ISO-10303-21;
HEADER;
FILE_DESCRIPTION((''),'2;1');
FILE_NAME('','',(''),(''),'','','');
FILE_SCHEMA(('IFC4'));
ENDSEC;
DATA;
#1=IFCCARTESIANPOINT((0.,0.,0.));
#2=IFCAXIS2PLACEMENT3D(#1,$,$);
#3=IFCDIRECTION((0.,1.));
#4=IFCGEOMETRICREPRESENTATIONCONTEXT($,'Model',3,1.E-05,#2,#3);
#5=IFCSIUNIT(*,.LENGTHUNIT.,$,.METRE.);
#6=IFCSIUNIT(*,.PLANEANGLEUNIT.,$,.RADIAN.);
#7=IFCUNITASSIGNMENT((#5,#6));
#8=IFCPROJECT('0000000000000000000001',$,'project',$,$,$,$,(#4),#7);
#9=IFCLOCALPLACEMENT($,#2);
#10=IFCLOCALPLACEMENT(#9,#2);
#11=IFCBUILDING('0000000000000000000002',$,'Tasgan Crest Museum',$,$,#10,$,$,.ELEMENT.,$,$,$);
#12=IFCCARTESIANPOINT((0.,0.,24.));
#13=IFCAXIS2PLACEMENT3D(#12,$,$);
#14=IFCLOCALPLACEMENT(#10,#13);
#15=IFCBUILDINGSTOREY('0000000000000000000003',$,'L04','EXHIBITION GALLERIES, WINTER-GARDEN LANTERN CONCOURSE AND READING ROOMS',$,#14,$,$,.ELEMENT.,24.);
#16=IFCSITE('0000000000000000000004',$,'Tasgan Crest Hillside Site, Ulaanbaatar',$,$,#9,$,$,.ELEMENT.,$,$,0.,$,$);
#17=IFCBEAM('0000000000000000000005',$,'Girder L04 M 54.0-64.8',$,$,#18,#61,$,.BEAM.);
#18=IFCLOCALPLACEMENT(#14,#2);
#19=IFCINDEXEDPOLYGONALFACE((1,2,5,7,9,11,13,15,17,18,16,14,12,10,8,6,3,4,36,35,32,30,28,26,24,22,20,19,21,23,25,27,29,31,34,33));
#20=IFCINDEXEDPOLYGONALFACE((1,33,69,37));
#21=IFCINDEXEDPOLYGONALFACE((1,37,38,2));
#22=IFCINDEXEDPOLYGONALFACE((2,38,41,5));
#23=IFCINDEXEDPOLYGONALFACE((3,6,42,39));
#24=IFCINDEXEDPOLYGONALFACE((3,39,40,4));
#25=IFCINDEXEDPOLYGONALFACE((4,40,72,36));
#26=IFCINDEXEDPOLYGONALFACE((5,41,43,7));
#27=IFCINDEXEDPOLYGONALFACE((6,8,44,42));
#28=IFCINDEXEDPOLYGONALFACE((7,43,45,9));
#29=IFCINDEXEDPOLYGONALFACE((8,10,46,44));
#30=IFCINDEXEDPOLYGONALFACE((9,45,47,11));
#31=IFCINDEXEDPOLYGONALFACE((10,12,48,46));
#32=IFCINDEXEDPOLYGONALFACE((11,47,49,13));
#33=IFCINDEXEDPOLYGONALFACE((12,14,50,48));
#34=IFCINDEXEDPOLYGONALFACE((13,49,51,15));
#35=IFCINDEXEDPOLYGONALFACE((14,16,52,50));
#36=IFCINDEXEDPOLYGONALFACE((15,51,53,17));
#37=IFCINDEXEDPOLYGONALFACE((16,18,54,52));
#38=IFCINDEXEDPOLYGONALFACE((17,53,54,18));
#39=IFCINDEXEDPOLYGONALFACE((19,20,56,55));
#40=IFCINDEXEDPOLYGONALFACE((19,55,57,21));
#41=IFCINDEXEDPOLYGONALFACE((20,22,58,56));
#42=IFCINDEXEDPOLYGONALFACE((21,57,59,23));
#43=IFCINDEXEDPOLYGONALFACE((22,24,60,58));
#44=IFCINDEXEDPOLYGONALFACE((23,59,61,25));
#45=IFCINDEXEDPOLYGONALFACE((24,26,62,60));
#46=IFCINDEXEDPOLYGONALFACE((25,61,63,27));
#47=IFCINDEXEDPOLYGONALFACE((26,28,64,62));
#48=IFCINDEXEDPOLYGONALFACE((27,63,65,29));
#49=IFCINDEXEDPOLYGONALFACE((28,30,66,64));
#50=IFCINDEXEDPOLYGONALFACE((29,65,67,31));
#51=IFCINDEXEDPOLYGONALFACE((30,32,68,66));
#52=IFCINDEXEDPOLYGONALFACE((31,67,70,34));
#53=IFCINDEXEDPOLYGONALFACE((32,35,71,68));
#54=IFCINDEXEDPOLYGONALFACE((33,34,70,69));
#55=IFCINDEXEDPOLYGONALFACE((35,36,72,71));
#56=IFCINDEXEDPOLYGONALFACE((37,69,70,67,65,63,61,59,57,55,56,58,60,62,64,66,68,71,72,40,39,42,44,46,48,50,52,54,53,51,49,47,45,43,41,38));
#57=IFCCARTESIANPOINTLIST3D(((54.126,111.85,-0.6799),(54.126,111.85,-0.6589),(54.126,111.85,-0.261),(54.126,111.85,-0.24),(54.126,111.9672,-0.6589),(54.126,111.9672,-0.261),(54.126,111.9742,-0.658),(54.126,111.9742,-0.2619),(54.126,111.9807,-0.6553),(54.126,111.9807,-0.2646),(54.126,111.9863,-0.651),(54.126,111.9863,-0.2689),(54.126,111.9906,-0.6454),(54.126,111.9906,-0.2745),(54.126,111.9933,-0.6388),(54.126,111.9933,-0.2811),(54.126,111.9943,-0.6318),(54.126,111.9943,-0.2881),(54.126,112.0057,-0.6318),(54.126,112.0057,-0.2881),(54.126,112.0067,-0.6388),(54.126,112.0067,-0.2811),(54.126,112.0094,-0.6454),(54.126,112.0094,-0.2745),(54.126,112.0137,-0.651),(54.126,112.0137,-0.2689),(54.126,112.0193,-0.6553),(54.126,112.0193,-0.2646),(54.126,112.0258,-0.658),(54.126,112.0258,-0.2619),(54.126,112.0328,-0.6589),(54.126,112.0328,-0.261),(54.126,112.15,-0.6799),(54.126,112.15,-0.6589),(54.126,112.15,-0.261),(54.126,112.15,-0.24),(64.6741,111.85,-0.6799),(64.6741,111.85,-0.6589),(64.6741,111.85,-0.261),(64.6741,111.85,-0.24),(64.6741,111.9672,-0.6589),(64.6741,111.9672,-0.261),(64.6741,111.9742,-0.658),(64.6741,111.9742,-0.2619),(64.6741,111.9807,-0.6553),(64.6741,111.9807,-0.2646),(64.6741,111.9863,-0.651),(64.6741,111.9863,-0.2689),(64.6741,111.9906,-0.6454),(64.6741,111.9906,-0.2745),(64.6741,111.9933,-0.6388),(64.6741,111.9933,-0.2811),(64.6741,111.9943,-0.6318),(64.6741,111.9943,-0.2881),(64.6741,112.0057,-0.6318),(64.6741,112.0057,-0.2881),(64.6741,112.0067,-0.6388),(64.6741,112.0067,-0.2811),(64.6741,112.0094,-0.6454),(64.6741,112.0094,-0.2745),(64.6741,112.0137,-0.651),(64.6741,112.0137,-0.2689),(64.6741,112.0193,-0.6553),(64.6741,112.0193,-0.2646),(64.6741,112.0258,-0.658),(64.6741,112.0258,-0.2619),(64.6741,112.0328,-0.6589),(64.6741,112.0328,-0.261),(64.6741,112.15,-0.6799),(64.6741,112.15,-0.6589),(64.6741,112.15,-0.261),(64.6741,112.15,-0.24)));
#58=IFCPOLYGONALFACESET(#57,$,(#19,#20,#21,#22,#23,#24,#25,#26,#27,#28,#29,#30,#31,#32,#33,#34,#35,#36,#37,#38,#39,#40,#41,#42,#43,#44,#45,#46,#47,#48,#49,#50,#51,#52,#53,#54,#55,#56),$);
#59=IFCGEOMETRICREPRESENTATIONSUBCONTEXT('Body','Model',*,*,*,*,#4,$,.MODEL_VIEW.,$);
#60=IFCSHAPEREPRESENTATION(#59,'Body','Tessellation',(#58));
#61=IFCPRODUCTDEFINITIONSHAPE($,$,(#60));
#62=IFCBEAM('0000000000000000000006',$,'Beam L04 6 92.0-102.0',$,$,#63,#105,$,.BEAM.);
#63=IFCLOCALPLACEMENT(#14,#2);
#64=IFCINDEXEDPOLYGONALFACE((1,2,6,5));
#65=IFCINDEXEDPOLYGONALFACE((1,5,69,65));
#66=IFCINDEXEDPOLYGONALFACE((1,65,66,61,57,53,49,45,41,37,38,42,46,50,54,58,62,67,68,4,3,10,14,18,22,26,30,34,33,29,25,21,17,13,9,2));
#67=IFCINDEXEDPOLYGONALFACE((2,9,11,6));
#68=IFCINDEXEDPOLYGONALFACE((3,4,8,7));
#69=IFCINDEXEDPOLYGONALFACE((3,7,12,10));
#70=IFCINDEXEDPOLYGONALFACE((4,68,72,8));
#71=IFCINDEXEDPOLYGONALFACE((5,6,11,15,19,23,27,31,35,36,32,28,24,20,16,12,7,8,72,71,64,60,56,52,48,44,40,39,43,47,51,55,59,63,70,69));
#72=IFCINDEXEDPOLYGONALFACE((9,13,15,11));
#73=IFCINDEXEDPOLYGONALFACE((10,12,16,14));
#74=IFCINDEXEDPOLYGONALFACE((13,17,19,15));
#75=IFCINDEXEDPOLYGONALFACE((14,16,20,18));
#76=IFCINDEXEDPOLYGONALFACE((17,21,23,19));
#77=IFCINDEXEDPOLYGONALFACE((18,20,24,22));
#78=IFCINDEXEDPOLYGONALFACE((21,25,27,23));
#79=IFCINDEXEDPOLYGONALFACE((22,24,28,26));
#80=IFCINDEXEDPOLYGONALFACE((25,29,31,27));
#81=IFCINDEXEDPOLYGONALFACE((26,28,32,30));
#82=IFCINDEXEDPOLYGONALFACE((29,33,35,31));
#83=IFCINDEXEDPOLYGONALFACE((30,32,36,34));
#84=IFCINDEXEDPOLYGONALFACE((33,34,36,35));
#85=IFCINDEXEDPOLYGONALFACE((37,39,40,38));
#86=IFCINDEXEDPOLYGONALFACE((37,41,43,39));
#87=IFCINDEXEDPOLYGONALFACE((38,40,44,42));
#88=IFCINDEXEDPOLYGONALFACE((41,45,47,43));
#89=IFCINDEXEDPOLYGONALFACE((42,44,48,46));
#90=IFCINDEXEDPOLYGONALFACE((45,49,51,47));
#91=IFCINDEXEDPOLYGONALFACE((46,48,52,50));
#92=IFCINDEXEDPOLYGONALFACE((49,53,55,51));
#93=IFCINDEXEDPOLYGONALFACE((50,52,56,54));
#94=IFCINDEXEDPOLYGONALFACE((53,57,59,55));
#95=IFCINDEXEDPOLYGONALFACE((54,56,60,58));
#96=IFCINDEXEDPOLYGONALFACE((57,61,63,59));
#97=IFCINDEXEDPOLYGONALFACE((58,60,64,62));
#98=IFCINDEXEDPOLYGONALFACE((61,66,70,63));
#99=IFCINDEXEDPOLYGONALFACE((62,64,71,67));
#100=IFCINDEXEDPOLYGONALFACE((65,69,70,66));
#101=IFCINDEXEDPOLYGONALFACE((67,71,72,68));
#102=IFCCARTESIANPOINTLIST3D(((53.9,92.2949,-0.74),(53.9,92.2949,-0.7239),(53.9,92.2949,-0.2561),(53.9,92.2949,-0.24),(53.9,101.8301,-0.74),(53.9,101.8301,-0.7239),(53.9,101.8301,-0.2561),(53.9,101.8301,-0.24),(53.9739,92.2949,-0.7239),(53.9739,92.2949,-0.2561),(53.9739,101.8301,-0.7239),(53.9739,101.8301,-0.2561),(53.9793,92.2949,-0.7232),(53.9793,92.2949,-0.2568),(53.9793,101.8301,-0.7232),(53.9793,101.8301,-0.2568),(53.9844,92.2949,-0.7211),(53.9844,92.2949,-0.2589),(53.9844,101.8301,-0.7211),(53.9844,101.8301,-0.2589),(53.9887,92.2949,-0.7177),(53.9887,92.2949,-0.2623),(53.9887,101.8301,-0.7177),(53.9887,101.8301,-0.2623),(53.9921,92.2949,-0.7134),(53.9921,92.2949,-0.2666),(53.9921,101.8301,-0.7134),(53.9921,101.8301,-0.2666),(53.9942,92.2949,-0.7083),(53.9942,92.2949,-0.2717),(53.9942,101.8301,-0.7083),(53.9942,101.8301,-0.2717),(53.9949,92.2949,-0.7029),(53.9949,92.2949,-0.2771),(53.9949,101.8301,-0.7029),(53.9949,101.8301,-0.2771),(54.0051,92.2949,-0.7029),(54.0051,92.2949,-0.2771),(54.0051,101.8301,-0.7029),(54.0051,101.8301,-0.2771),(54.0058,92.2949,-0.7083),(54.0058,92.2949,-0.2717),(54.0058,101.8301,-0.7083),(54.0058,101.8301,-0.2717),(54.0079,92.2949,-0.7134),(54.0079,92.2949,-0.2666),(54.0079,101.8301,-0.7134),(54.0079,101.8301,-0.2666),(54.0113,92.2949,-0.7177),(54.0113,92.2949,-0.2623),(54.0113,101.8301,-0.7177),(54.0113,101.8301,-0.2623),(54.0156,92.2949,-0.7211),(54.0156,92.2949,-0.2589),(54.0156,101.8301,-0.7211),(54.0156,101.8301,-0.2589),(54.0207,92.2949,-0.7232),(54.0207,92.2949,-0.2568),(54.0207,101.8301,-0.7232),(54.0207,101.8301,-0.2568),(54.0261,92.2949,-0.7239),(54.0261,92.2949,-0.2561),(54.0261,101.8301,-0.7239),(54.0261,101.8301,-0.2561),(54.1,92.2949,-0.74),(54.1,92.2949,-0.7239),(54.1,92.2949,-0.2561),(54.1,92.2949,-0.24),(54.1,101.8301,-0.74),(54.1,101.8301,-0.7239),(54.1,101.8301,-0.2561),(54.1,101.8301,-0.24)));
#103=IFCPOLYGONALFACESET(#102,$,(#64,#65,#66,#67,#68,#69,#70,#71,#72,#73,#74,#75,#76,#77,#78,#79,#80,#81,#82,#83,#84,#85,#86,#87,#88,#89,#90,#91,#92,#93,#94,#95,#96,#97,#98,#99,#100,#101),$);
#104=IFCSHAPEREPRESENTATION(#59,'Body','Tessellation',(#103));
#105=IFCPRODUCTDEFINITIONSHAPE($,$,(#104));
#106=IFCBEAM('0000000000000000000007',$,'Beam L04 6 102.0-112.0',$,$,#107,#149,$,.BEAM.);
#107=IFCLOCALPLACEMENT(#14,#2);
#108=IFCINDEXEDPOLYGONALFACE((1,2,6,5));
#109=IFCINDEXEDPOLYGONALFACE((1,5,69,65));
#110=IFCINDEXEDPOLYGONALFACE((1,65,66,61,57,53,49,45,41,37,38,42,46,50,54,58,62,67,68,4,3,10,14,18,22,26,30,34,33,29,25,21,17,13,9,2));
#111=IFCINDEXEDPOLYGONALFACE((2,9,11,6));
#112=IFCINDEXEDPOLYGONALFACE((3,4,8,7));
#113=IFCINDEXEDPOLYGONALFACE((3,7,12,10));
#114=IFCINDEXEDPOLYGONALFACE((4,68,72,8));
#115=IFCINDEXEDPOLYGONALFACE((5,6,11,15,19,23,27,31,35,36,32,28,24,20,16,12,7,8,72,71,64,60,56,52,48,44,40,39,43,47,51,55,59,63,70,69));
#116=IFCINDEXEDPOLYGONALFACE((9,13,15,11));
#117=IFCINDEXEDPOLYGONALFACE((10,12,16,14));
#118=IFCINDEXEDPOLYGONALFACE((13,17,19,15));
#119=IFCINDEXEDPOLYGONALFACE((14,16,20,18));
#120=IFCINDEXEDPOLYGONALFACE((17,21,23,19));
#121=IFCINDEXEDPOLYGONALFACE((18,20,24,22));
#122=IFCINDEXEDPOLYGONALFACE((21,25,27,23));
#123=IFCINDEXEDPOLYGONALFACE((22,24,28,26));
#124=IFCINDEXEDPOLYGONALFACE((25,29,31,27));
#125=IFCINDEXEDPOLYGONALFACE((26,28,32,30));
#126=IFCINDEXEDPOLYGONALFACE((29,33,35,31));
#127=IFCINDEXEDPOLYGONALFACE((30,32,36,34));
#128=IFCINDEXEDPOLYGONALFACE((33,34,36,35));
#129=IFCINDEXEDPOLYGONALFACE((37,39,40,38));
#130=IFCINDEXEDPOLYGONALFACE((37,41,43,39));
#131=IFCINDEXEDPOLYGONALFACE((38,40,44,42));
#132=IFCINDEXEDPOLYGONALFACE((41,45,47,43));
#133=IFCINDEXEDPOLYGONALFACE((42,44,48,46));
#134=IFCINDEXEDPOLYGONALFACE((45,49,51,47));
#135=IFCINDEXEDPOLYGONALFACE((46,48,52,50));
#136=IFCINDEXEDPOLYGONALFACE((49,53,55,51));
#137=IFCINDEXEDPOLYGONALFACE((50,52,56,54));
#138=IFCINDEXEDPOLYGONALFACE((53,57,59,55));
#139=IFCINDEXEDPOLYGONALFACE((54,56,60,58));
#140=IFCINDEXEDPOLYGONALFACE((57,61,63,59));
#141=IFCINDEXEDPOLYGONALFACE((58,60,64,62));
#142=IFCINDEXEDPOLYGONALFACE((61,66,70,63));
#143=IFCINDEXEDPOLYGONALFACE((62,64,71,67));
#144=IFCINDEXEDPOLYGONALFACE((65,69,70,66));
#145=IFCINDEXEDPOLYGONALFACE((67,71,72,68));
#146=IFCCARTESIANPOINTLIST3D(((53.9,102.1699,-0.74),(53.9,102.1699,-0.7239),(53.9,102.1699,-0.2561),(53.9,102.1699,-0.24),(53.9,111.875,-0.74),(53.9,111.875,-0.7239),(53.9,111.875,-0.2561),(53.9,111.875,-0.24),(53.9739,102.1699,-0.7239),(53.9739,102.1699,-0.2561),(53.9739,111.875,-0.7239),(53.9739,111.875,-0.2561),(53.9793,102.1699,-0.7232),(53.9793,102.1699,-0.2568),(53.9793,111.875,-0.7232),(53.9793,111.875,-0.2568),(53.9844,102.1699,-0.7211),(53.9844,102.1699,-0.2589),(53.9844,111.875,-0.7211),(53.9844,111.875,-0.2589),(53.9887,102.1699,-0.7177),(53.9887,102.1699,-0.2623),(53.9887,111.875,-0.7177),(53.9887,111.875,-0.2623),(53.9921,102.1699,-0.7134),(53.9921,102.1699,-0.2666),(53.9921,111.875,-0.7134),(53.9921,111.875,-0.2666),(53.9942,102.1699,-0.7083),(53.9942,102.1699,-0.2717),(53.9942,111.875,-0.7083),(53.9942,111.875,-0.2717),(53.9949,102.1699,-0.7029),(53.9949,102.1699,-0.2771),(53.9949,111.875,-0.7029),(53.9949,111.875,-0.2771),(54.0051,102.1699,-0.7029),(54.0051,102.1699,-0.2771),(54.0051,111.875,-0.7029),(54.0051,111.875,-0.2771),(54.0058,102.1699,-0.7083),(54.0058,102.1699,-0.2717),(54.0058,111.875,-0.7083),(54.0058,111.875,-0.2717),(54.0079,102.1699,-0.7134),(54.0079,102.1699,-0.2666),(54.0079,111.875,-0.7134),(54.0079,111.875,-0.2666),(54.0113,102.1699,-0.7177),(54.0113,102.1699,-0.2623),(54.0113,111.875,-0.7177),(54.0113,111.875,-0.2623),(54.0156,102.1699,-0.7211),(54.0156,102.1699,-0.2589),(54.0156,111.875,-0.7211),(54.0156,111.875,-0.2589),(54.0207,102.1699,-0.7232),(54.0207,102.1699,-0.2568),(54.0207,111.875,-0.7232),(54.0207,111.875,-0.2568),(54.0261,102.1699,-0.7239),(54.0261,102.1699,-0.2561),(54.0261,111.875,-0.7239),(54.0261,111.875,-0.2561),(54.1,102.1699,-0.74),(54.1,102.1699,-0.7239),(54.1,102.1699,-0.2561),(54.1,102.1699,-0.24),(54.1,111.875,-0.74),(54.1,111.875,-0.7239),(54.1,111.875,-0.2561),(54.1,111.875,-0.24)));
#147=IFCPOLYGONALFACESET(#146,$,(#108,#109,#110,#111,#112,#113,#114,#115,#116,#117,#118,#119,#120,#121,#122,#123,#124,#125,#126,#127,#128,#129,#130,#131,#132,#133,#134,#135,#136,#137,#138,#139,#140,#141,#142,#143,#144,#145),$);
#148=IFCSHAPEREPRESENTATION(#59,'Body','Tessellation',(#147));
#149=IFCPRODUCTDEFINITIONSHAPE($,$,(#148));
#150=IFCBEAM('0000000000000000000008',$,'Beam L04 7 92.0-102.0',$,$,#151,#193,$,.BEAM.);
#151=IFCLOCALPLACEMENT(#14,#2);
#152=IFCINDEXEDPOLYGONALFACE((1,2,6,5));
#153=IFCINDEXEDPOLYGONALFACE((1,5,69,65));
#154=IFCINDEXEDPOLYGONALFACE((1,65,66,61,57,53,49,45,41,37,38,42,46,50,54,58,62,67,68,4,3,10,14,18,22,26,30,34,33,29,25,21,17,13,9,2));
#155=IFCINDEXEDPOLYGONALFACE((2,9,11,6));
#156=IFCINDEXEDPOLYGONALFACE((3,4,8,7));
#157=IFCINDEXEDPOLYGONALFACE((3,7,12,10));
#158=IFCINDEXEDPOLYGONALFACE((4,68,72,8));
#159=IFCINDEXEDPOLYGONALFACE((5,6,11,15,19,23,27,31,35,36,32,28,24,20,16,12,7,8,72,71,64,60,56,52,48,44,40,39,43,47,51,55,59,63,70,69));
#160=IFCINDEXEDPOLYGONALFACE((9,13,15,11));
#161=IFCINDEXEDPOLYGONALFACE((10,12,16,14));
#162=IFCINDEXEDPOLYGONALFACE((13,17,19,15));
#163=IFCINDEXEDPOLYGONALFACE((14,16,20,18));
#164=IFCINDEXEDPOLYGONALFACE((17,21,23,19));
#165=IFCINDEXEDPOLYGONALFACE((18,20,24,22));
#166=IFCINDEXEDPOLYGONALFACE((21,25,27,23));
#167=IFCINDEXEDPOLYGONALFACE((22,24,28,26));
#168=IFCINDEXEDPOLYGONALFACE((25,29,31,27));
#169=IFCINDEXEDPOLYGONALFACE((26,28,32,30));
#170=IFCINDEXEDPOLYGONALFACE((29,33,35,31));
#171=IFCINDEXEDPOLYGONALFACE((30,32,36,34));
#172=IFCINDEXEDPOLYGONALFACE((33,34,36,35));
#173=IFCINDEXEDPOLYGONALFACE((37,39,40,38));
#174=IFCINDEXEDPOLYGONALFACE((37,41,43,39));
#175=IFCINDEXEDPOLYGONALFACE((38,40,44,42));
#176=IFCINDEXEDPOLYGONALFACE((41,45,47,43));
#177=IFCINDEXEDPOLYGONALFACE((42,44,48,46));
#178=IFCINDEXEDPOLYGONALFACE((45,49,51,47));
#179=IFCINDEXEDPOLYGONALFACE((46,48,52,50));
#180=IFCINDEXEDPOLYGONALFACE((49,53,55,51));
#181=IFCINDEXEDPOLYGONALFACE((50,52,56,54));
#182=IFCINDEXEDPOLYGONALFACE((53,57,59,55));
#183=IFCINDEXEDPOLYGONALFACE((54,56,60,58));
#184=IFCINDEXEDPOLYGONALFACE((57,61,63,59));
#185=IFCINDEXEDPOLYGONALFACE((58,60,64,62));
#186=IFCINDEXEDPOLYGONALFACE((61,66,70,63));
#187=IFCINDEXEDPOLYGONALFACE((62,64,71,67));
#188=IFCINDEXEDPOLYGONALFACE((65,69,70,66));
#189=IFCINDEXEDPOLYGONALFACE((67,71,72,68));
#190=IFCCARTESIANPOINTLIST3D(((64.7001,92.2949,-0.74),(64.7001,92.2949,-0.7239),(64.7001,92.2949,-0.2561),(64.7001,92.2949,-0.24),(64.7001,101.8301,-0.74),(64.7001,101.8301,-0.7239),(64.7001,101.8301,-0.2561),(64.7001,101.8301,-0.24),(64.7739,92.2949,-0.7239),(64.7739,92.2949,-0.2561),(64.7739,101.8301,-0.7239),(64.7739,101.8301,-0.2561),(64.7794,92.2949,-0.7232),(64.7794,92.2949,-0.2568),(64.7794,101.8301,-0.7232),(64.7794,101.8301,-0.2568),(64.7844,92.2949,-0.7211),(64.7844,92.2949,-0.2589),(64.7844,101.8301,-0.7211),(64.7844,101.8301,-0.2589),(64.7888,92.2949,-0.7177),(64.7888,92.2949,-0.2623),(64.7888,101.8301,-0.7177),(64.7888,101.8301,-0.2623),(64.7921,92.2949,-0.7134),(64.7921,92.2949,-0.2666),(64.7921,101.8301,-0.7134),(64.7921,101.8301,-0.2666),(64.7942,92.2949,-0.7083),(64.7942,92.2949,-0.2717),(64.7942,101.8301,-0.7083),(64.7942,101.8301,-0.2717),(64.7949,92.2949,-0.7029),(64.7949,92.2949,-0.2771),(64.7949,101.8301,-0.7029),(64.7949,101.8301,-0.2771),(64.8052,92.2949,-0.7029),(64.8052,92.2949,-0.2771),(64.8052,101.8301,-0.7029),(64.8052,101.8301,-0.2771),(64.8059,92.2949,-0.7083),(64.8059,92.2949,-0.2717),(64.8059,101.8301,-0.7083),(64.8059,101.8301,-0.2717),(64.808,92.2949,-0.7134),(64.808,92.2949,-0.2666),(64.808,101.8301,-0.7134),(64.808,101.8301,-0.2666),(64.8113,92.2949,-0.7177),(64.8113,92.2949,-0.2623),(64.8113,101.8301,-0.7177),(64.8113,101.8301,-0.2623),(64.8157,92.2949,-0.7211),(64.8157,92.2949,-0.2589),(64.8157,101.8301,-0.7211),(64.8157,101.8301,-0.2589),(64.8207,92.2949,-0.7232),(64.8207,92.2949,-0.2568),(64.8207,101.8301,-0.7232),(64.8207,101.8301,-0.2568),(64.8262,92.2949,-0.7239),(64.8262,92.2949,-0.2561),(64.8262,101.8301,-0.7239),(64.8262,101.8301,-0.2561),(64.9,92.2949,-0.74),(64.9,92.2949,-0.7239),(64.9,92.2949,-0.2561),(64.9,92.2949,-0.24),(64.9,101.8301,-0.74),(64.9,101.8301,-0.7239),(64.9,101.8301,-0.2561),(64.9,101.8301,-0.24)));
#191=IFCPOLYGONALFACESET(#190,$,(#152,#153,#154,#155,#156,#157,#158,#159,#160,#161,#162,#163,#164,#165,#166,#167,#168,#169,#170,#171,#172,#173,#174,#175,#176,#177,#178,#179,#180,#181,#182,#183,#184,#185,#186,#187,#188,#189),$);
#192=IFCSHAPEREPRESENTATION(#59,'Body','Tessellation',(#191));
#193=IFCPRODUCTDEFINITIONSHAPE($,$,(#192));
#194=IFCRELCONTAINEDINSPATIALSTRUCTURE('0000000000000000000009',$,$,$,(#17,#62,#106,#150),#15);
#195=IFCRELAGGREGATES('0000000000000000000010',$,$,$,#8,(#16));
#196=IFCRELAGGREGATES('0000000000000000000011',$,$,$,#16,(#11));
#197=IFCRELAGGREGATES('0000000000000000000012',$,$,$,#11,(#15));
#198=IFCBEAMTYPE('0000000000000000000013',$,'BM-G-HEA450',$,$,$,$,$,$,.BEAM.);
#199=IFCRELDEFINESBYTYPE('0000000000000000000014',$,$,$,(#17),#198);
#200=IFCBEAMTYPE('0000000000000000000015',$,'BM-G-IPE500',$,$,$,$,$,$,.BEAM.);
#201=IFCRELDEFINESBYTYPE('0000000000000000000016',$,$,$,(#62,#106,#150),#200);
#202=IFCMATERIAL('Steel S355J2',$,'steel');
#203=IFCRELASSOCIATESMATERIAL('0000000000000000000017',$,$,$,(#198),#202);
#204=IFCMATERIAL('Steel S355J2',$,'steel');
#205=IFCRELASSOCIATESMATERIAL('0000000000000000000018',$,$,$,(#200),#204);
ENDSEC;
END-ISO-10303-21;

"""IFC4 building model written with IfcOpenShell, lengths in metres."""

from ifc_helpers import new_model, si_unit, direction, frame, origin, origin_2d, place, context, subcontext, project, spatial, i_section, extrude, material, material_profile, profile_set, type_object, element, save


model = new_model("IFC4")

# Units and contexts
model_context = context("Model", 3, precision=1e-05, world=origin(), true_north=direction((0.0, 1.0)))
body_context = subcontext(model_context, "Body", "Model", "MODEL_VIEW")
ifc_project = project(units=[si_unit("LENGTHUNIT", "METRE"), si_unit("PLANEANGLEUNIT", "RADIAN")], contexts=[model_context])

# Site, building, storey
site_placement = place(None, origin())
site = spatial("IfcSite", under=ifc_project, at=site_placement, Name="Tasgan Crest Hillside Site, Ulaanbaatar", CompositionType="ELEMENT", RefElevation=0.0)
building_placement = place(site_placement, origin())
building = spatial("IfcBuilding", under=site, at=building_placement, Name="Tasgan Crest Museum", CompositionType="ELEMENT")
storey_placement = place(building_placement, frame((0.0, 0.0, 24.0)))
storey = spatial("IfcBuildingStorey", under=building, at=storey_placement, Name="L04", Description="EXHIBITION GALLERIES, WINTER-GARDEN LANTERN CONCOURSE AND READING ROOMS", CompositionType="ELEMENT", Elevation=24.0)

# Beams
ifc_material_1 = material(Name="Steel S355J2", Category="steel")
ifc_material_profile_1 = material_profile(ifc_material_1, i_section(OverallWidth=0.3, OverallDepth=0.4399, WebThickness=0.0115, FlangeThickness=0.021, FilletRadius=0.0271, at=origin_2d()), Name="HEA 450")
ifc_profile_set_1 = profile_set([ifc_material_profile_1], Name="Steel S355J2")
beam_type_1 = type_object("IfcBeamType", Name="BM-G-HEA450", PredefinedType="BEAM", material=ifc_profile_set_1)
for number, where, z_axis, x_axis, name in (
    (1, (54.126, 112.0, -0.46), (1.0, 0.0, 0.0), (0.0, 1.0, 0.0), "Girder L04 M 54.0-64.8"),
):
    element("IfcBeam", number, at=place(storey_placement, frame(where, z_axis=z_axis, x_axis=x_axis)), inside=storey, type_object=beam_type_1, Name=name, PredefinedType="BEAM", context=body_context, shape_type="SweptSolid", body=[
        extrude(i_section(OverallWidth=0.3, OverallDepth=0.4399, WebThickness=0.0115, FlangeThickness=0.021, FilletRadius=0.0271, at=origin_2d()), origin(), (0.0, 0.0, 1.0), 10.5481),
    ])
ifc_material_2 = material(Name="Steel S355J2", Category="steel")
ifc_material_profile_2 = material_profile(ifc_material_2, i_section(OverallWidth=0.2, OverallDepth=0.5, WebThickness=0.0103, FlangeThickness=0.0161, FilletRadius=0.021, at=origin_2d()), Name="IPE 500")
ifc_profile_set_2 = profile_set([ifc_material_profile_2], Name="Steel S355J2")
beam_type_2 = type_object("IfcBeamType", Name="BM-G-IPE500", PredefinedType="BEAM", material=ifc_profile_set_2)
beam_1_placement = place(storey_placement, frame((54.0, 92.2949, -0.49), z_axis=(0.0, 1.0, 0.0), x_axis=(-1.0, 0.0, 0.0)))
element("IfcBeam", 2, at=beam_1_placement, inside=storey, type_object=beam_type_2, Name="Beam L04 6 92.0-102.0", PredefinedType="BEAM", context=body_context, shape_type="SweptSolid", body=[
    extrude(i_section(OverallWidth=0.2, OverallDepth=0.5, WebThickness=0.0103, FlangeThickness=0.0161, FilletRadius=0.021, at=origin_2d()), origin(), (0.0, 0.0, 1.0), 9.5352),
])
beam_2_placement = place(storey_placement, frame((54.0, 102.1699, -0.49), z_axis=(0.0, 1.0, 0.0), x_axis=(-1.0, 0.0, 0.0)))
element("IfcBeam", 3, at=beam_2_placement, inside=storey, type_object=beam_type_2, Name="Beam L04 6 102.0-112.0", PredefinedType="BEAM", context=body_context, shape_type="SweptSolid", body=[
    extrude(i_section(OverallWidth=0.2, OverallDepth=0.5, WebThickness=0.0103, FlangeThickness=0.0161, FilletRadius=0.021, at=origin_2d()), origin(), (0.0, 0.0, 1.0), 9.7051),
])
beam_3_placement = place(storey_placement, frame((64.8, 92.2949, -0.49), z_axis=(0.0, 1.0, 0.0), x_axis=(-1.0, 0.0, 0.0)))
element("IfcBeam", 4, at=beam_3_placement, inside=storey, type_object=beam_type_2, Name="Beam L04 7 92.0-102.0", PredefinedType="BEAM", context=body_context, shape_type="SweptSolid", body=[
    extrude(i_section(OverallWidth=0.2, OverallDepth=0.5, WebThickness=0.0103, FlangeThickness=0.0161, FilletRadius=0.021, at=origin_2d()), origin(), (0.0, 0.0, 1.0), 9.5352),
])

save(model, "model.ifc")
